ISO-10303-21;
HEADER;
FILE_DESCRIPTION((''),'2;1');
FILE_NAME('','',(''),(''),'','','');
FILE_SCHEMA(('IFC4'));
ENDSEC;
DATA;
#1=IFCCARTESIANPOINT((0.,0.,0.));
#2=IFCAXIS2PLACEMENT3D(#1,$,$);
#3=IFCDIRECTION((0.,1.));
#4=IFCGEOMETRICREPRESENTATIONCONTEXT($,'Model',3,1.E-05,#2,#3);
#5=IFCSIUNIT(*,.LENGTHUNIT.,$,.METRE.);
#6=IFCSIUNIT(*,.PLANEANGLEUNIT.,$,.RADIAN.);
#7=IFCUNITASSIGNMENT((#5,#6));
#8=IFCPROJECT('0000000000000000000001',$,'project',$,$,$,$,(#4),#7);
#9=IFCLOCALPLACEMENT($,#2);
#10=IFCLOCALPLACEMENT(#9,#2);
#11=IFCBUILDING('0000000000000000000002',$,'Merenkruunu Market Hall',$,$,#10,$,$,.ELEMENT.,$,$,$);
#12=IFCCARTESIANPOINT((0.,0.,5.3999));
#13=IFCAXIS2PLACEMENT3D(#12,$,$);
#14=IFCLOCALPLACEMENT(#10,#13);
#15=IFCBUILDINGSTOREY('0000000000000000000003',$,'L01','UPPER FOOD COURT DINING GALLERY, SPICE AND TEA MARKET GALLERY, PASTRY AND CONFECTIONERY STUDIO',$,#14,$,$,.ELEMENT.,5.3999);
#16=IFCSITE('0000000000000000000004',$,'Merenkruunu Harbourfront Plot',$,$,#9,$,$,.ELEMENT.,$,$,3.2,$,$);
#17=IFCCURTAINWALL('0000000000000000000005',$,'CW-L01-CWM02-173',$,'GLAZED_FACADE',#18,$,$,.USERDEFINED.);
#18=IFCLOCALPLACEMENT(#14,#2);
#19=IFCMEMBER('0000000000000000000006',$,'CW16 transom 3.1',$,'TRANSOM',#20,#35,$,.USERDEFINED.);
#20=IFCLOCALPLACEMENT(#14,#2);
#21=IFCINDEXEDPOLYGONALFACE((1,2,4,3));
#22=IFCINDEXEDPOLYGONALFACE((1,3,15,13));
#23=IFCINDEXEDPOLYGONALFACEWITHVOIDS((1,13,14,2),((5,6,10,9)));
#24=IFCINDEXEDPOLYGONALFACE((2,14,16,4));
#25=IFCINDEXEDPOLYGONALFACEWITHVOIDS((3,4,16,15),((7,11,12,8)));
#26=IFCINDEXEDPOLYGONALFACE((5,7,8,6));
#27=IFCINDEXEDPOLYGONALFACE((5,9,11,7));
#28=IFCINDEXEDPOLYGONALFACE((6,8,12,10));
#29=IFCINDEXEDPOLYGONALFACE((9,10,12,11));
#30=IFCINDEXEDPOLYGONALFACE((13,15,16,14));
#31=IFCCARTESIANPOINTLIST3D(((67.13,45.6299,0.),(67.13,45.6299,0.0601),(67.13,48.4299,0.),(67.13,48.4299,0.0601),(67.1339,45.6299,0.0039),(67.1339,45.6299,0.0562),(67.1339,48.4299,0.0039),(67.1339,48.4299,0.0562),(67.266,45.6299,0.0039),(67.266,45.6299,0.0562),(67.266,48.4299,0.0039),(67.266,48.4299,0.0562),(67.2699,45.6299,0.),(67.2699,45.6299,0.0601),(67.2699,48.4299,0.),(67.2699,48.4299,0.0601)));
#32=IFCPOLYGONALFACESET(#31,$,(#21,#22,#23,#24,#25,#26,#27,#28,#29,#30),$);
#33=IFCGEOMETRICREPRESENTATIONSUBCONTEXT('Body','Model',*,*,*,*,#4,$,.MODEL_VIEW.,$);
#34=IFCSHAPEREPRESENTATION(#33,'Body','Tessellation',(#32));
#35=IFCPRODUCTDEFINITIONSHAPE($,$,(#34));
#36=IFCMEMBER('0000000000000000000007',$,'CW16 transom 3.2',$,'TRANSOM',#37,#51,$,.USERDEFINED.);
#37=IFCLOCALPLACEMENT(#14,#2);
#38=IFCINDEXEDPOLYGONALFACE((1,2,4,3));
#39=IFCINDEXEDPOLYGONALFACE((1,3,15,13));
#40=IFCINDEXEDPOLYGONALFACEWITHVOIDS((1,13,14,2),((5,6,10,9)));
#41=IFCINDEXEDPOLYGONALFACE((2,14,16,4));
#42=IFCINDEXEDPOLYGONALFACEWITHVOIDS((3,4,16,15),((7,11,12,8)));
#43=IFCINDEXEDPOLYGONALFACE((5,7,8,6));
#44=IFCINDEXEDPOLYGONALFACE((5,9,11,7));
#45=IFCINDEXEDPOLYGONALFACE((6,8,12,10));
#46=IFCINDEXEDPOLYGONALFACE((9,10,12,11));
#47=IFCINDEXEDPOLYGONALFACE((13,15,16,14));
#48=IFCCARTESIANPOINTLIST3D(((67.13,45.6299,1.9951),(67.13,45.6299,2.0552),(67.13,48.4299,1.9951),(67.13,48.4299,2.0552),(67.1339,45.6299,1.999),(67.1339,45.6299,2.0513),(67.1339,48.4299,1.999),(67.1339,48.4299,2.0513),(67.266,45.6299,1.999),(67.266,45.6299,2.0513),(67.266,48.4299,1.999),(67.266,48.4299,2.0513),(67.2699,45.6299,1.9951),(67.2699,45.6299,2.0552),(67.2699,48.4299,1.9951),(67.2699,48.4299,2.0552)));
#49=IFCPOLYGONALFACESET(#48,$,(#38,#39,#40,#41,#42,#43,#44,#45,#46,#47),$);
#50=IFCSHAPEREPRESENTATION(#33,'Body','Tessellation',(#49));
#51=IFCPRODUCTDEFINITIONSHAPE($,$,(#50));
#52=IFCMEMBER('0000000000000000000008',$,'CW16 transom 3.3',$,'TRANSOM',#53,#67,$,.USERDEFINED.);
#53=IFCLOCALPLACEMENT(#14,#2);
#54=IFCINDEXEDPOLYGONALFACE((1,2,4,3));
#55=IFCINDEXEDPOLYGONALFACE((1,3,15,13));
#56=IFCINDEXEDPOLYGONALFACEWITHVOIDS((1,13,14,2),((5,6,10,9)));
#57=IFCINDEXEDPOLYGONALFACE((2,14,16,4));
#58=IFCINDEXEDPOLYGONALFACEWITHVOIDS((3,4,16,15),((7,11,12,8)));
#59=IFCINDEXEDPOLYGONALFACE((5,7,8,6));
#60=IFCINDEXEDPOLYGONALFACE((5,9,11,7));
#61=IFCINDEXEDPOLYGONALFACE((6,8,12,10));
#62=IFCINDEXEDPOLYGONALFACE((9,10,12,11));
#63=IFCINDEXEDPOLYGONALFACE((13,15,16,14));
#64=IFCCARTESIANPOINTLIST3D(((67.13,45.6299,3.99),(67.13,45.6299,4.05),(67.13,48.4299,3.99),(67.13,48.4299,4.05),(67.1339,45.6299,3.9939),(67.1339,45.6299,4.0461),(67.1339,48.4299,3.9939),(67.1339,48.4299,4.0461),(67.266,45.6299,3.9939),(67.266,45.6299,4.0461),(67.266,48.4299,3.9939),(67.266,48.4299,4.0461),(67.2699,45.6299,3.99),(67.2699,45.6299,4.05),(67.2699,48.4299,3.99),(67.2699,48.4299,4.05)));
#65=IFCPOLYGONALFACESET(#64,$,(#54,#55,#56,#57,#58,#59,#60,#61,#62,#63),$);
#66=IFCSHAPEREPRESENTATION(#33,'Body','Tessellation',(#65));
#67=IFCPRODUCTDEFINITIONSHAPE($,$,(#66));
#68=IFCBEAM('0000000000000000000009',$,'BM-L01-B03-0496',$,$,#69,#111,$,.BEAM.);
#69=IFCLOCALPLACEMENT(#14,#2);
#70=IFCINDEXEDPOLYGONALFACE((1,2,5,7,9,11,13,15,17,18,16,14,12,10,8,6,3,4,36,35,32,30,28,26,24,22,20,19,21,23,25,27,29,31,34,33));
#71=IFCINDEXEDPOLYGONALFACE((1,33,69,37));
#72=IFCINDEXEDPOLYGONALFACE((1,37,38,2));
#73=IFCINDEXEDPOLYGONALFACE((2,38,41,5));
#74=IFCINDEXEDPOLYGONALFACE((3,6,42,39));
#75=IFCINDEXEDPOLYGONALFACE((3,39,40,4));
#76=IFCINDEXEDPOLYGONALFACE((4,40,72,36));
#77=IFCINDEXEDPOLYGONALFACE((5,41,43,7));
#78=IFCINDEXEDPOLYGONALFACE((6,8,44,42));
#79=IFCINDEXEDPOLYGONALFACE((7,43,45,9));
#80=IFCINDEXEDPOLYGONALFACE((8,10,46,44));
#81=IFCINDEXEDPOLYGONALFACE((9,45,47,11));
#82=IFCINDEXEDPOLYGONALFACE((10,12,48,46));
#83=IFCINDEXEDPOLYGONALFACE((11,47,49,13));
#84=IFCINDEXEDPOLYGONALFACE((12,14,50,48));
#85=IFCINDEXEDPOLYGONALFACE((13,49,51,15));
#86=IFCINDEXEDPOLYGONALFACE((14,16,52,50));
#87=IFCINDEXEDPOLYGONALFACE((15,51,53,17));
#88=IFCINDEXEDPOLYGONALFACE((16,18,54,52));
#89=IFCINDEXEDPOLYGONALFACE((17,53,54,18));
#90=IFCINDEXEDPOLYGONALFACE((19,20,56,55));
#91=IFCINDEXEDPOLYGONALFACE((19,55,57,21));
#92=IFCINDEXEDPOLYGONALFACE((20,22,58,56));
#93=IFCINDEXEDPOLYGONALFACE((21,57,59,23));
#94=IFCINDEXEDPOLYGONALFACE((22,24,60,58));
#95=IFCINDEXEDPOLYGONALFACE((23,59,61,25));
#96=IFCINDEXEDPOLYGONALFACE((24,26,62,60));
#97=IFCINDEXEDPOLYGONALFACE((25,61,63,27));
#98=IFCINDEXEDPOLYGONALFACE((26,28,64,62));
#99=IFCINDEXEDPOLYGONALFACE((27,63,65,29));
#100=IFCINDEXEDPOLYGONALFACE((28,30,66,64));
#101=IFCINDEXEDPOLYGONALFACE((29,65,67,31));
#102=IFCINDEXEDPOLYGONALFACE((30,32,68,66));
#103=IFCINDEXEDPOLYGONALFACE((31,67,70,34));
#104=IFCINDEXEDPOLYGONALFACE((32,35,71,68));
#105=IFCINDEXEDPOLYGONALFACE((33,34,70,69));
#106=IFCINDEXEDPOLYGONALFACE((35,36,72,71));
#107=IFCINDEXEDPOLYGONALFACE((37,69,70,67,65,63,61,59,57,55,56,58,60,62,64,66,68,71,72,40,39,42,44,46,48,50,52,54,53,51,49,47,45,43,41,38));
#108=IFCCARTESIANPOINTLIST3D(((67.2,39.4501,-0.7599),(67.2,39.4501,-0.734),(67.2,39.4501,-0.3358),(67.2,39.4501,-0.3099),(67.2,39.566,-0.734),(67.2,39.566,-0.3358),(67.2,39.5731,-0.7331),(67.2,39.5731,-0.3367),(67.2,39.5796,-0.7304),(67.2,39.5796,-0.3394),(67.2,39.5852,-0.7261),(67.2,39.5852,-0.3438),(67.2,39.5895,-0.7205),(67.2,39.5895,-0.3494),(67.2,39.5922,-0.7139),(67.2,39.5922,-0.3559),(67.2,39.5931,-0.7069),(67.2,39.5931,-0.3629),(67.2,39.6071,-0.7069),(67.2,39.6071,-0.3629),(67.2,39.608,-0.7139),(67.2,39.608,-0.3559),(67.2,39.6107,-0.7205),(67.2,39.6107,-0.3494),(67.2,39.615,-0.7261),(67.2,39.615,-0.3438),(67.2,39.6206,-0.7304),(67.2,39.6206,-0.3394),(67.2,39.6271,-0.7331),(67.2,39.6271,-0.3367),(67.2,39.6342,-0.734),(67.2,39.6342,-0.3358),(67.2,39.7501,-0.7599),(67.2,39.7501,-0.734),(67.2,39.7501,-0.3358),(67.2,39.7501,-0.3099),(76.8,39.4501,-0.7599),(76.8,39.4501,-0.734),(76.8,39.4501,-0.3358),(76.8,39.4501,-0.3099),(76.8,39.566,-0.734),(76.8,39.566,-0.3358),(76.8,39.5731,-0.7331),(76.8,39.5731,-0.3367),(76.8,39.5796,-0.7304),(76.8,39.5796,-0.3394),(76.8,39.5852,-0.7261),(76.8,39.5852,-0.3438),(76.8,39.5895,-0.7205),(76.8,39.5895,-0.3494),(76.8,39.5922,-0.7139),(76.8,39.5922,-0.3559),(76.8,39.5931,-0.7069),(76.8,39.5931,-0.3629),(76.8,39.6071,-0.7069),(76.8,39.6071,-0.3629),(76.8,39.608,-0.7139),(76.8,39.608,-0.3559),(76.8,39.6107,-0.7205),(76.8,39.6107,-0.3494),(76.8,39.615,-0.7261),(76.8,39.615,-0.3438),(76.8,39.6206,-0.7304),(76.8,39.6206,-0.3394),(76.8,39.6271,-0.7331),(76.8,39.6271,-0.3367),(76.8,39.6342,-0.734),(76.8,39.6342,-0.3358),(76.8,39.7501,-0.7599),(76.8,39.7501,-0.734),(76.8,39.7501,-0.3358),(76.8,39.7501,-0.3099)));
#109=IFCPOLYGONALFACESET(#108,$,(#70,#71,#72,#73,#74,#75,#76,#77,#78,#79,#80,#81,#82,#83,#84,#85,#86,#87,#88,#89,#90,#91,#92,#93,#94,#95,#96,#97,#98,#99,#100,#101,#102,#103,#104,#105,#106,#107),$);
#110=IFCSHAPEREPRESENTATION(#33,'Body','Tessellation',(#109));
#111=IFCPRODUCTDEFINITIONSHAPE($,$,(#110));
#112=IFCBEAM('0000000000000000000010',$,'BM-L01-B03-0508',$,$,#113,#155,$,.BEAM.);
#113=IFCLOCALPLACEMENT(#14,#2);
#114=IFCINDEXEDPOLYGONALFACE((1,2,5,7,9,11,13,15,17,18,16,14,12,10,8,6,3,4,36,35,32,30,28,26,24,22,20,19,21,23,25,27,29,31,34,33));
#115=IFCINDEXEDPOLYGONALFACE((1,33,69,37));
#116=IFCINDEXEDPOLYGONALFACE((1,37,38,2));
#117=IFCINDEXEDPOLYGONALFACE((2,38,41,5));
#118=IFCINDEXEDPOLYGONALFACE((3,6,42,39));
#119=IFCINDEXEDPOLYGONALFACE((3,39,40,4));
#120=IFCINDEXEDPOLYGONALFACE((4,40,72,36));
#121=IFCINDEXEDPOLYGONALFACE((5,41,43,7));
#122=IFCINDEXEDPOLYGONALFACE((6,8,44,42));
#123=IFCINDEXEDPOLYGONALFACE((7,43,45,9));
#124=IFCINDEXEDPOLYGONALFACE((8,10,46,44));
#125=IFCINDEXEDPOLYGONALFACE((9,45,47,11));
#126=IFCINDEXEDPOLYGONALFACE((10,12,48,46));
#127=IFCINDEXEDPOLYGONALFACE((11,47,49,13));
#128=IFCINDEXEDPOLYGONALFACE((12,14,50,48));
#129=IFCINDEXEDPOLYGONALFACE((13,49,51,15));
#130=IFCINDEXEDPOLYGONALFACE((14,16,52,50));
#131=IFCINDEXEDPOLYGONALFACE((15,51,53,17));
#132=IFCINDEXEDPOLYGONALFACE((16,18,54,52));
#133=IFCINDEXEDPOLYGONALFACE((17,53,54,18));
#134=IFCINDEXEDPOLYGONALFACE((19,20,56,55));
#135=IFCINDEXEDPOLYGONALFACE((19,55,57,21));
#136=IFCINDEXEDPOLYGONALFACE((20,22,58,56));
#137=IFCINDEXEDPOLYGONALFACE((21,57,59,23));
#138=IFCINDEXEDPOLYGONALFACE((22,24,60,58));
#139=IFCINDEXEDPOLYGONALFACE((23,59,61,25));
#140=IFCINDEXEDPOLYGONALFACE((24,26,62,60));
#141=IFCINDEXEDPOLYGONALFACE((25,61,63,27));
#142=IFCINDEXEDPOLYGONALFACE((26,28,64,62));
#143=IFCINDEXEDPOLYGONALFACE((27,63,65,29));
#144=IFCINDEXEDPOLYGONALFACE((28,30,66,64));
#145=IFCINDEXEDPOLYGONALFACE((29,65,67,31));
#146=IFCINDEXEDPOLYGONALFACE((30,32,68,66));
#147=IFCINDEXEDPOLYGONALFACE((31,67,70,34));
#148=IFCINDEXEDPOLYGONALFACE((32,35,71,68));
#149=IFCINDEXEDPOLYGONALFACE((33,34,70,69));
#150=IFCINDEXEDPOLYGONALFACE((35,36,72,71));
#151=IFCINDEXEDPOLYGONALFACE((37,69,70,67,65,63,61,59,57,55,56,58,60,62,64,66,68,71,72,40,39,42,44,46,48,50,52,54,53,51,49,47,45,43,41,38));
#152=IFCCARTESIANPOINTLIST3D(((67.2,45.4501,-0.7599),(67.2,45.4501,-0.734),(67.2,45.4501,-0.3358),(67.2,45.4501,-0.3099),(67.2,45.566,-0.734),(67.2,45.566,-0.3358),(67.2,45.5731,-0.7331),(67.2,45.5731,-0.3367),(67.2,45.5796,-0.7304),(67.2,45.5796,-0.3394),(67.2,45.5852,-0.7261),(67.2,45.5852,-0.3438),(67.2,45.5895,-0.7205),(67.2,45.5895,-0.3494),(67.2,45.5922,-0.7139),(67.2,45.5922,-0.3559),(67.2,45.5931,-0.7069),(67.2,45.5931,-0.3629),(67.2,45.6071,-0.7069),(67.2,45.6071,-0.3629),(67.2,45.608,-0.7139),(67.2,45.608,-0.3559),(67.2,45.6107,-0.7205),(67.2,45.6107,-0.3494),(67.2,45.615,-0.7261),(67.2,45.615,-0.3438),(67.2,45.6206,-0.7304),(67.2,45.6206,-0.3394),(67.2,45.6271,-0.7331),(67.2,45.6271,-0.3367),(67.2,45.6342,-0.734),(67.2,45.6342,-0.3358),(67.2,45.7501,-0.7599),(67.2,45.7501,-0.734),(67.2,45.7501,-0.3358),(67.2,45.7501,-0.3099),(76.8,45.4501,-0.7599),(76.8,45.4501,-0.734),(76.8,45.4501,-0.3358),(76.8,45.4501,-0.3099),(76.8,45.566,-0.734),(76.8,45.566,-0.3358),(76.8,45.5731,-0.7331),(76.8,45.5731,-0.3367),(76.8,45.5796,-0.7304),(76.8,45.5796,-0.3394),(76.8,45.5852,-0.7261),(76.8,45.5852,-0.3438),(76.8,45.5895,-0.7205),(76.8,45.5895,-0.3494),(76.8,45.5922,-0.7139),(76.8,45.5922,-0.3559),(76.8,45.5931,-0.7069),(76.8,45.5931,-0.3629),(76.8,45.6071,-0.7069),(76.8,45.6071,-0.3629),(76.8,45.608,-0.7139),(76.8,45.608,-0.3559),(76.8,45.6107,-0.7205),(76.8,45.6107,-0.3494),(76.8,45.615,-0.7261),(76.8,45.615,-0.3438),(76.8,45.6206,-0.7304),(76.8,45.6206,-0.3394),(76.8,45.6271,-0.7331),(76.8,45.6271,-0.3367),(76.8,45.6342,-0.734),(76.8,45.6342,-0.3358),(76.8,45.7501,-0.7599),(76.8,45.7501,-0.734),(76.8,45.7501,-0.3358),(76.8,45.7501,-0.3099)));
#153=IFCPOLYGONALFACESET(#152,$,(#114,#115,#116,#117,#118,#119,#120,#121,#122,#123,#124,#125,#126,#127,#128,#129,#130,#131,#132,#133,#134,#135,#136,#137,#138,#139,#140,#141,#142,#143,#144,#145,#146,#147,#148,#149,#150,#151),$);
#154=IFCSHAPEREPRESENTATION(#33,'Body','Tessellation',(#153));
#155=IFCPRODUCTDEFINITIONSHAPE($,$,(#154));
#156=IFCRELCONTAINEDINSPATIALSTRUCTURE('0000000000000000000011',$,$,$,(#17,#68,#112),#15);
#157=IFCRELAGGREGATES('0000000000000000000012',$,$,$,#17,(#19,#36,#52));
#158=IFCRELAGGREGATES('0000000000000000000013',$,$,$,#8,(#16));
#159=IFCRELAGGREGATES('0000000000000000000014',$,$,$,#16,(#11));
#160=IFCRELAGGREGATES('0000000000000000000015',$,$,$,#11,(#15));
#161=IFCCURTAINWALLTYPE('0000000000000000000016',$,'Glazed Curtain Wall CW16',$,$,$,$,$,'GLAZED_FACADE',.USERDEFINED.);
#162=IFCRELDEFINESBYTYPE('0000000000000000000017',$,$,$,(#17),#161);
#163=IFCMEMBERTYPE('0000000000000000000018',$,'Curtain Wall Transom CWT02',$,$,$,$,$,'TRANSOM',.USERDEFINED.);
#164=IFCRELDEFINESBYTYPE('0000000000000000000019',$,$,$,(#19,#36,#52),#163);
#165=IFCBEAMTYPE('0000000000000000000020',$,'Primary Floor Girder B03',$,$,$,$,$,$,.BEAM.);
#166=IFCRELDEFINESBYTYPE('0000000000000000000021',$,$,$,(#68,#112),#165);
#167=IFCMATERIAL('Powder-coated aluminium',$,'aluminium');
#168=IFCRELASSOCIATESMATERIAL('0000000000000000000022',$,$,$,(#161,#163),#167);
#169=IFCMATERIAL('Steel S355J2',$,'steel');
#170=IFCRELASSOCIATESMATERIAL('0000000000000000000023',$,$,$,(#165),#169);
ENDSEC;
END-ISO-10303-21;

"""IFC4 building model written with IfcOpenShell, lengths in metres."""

from ifc_helpers import new_model, si_unit, direction, frame, origin, origin_2d, place, context, subcontext, project, spatial, hollow_rectangle, i_section, extrude, material, material_profile, profile_set, type_object, element, aggregate, save


model = new_model("IFC4")

# Units and contexts
model_context = context("Model", 3, precision=1e-05, world=origin(), true_north=direction((0.0, 1.0)))
body_context = subcontext(model_context, "Body", "Model", "MODEL_VIEW")
ifc_project = project(units=[si_unit("LENGTHUNIT", "METRE"), si_unit("PLANEANGLEUNIT", "RADIAN")], contexts=[model_context])

# Site, building, storey
site_placement = place(None, origin())
site = spatial("IfcSite", under=ifc_project, at=site_placement, Name="Merenkruunu Harbourfront Plot", CompositionType="ELEMENT", RefElevation=3.2)
building_placement = place(site_placement, origin())
building = spatial("IfcBuilding", under=site, at=building_placement, Name="Merenkruunu Market Hall", CompositionType="ELEMENT")
storey_placement = place(building_placement, frame((0.0, 0.0, 5.3999)))
storey = spatial("IfcBuildingStorey", under=building, at=storey_placement, Name="L01", Description="UPPER FOOD COURT DINING GALLERY, SPICE AND TEA MARKET GALLERY, PASTRY AND CONFECTIONERY STUDIO", CompositionType="ELEMENT", Elevation=5.3999)

# Curtain wall
ifc_material_1 = material(Name="Powder-coated aluminium", Category="aluminium")
curtain_wall_type = type_object("IfcCurtainWallType", Name="Glazed Curtain Wall CW16", ElementType="GLAZED_FACADE", PredefinedType="USERDEFINED", material=ifc_material_1)
curtain_wall_1_placement = place(storey_placement, origin())
curtain_wall_1 = element("IfcCurtainWall", 1, at=curtain_wall_1_placement, inside=storey, type_object=curtain_wall_type, Name="CW-L01-CWM02-173", ObjectType="GLAZED_FACADE", PredefinedType="USERDEFINED")

# Members
ifc_material_profile_1 = material_profile(ifc_material_1, hollow_rectangle(XDim=0.0601, YDim=0.1399, WallThickness=0.0039, at=origin_2d()), Name="ALU 60x140x4")
ifc_profile_set_1 = profile_set([ifc_material_profile_1], Name="Powder-coated aluminium")
member_type_1 = type_object("IfcMemberType", Name="Curtain Wall Transom CWT02", ElementType="TRANSOM", PredefinedType="USERDEFINED", material=ifc_profile_set_1)
member_1_placement = place(storey_placement, frame((67.2, 45.6299, 0.03), z_axis=(0.0, 1.0, 0.0), x_axis=(0.0, 0.0, 1.0)))
member_1 = element("IfcMember", 2, at=member_1_placement, type_object=member_type_1, Name="CW16 transom 3.1", ObjectType="TRANSOM", PredefinedType="USERDEFINED", context=body_context, shape_type="SweptSolid", body=[
    extrude(hollow_rectangle(XDim=0.0601, YDim=0.1399, WallThickness=0.0039, at=origin_2d()), origin(), (0.0, 0.0, 1.0), 2.8),
])
member_2_placement = place(storey_placement, frame((67.2, 45.6299, 2.0251), z_axis=(0.0, 1.0, 0.0), x_axis=(0.0, 0.0, 1.0)))
member_2 = element("IfcMember", 3, at=member_2_placement, type_object=member_type_1, Name="CW16 transom 3.2", ObjectType="TRANSOM", PredefinedType="USERDEFINED", context=body_context, shape_type="SweptSolid", body=[
    extrude(hollow_rectangle(XDim=0.0601, YDim=0.1399, WallThickness=0.0039, at=origin_2d()), origin(), (0.0, 0.0, 1.0), 2.8),
])
member_3_placement = place(storey_placement, frame((67.2, 45.6299, 4.02), z_axis=(0.0, 1.0, 0.0), x_axis=(0.0, 0.0, 1.0)))
member_3 = element("IfcMember", 4, at=member_3_placement, type_object=member_type_1, Name="CW16 transom 3.3", ObjectType="TRANSOM", PredefinedType="USERDEFINED", context=body_context, shape_type="SweptSolid", body=[
    extrude(hollow_rectangle(XDim=0.0601, YDim=0.1399, WallThickness=0.0039, at=origin_2d()), origin(), (0.0, 0.0, 1.0), 2.8),
])

# Beams
ifc_material_2 = material(Name="Steel S355J2", Category="steel")
ifc_material_profile_2 = material_profile(ifc_material_2, i_section(OverallWidth=0.3, OverallDepth=0.45, WebThickness=0.0139, FlangeThickness=0.0259, FilletRadius=0.0271, at=origin_2d()), Name="HEB 450")
ifc_profile_set_2 = profile_set([ifc_material_profile_2], Name="Steel S355J2")
beam_type_1 = type_object("IfcBeamType", Name="Primary Floor Girder B03", PredefinedType="BEAM", material=ifc_profile_set_2)
for number, where, z_axis, x_axis, name in (
    (5, (67.2, 39.6001, -0.5349), (1.0, 0.0, 0.0), (0.0, 1.0, 0.0), "BM-L01-B03-0496"),
    (6, (67.2, 45.6001, -0.5349), (1.0, 0.0, 0.0), (0.0, 1.0, 0.0), "BM-L01-B03-0508"),
):
    element("IfcBeam", number, at=place(storey_placement, frame(where, z_axis=z_axis, x_axis=x_axis)), inside=storey, type_object=beam_type_1, Name=name, PredefinedType="BEAM", context=body_context, shape_type="SweptSolid", body=[
        extrude(i_section(OverallWidth=0.3, OverallDepth=0.45, WebThickness=0.0139, FlangeThickness=0.0259, FilletRadius=0.0271, at=origin_2d()), origin(), (0.0, 0.0, 1.0), 9.6001),
    ])

aggregate(curtain_wall_1, [member_1, member_2, member_3])

save(model, "model.ifc")
